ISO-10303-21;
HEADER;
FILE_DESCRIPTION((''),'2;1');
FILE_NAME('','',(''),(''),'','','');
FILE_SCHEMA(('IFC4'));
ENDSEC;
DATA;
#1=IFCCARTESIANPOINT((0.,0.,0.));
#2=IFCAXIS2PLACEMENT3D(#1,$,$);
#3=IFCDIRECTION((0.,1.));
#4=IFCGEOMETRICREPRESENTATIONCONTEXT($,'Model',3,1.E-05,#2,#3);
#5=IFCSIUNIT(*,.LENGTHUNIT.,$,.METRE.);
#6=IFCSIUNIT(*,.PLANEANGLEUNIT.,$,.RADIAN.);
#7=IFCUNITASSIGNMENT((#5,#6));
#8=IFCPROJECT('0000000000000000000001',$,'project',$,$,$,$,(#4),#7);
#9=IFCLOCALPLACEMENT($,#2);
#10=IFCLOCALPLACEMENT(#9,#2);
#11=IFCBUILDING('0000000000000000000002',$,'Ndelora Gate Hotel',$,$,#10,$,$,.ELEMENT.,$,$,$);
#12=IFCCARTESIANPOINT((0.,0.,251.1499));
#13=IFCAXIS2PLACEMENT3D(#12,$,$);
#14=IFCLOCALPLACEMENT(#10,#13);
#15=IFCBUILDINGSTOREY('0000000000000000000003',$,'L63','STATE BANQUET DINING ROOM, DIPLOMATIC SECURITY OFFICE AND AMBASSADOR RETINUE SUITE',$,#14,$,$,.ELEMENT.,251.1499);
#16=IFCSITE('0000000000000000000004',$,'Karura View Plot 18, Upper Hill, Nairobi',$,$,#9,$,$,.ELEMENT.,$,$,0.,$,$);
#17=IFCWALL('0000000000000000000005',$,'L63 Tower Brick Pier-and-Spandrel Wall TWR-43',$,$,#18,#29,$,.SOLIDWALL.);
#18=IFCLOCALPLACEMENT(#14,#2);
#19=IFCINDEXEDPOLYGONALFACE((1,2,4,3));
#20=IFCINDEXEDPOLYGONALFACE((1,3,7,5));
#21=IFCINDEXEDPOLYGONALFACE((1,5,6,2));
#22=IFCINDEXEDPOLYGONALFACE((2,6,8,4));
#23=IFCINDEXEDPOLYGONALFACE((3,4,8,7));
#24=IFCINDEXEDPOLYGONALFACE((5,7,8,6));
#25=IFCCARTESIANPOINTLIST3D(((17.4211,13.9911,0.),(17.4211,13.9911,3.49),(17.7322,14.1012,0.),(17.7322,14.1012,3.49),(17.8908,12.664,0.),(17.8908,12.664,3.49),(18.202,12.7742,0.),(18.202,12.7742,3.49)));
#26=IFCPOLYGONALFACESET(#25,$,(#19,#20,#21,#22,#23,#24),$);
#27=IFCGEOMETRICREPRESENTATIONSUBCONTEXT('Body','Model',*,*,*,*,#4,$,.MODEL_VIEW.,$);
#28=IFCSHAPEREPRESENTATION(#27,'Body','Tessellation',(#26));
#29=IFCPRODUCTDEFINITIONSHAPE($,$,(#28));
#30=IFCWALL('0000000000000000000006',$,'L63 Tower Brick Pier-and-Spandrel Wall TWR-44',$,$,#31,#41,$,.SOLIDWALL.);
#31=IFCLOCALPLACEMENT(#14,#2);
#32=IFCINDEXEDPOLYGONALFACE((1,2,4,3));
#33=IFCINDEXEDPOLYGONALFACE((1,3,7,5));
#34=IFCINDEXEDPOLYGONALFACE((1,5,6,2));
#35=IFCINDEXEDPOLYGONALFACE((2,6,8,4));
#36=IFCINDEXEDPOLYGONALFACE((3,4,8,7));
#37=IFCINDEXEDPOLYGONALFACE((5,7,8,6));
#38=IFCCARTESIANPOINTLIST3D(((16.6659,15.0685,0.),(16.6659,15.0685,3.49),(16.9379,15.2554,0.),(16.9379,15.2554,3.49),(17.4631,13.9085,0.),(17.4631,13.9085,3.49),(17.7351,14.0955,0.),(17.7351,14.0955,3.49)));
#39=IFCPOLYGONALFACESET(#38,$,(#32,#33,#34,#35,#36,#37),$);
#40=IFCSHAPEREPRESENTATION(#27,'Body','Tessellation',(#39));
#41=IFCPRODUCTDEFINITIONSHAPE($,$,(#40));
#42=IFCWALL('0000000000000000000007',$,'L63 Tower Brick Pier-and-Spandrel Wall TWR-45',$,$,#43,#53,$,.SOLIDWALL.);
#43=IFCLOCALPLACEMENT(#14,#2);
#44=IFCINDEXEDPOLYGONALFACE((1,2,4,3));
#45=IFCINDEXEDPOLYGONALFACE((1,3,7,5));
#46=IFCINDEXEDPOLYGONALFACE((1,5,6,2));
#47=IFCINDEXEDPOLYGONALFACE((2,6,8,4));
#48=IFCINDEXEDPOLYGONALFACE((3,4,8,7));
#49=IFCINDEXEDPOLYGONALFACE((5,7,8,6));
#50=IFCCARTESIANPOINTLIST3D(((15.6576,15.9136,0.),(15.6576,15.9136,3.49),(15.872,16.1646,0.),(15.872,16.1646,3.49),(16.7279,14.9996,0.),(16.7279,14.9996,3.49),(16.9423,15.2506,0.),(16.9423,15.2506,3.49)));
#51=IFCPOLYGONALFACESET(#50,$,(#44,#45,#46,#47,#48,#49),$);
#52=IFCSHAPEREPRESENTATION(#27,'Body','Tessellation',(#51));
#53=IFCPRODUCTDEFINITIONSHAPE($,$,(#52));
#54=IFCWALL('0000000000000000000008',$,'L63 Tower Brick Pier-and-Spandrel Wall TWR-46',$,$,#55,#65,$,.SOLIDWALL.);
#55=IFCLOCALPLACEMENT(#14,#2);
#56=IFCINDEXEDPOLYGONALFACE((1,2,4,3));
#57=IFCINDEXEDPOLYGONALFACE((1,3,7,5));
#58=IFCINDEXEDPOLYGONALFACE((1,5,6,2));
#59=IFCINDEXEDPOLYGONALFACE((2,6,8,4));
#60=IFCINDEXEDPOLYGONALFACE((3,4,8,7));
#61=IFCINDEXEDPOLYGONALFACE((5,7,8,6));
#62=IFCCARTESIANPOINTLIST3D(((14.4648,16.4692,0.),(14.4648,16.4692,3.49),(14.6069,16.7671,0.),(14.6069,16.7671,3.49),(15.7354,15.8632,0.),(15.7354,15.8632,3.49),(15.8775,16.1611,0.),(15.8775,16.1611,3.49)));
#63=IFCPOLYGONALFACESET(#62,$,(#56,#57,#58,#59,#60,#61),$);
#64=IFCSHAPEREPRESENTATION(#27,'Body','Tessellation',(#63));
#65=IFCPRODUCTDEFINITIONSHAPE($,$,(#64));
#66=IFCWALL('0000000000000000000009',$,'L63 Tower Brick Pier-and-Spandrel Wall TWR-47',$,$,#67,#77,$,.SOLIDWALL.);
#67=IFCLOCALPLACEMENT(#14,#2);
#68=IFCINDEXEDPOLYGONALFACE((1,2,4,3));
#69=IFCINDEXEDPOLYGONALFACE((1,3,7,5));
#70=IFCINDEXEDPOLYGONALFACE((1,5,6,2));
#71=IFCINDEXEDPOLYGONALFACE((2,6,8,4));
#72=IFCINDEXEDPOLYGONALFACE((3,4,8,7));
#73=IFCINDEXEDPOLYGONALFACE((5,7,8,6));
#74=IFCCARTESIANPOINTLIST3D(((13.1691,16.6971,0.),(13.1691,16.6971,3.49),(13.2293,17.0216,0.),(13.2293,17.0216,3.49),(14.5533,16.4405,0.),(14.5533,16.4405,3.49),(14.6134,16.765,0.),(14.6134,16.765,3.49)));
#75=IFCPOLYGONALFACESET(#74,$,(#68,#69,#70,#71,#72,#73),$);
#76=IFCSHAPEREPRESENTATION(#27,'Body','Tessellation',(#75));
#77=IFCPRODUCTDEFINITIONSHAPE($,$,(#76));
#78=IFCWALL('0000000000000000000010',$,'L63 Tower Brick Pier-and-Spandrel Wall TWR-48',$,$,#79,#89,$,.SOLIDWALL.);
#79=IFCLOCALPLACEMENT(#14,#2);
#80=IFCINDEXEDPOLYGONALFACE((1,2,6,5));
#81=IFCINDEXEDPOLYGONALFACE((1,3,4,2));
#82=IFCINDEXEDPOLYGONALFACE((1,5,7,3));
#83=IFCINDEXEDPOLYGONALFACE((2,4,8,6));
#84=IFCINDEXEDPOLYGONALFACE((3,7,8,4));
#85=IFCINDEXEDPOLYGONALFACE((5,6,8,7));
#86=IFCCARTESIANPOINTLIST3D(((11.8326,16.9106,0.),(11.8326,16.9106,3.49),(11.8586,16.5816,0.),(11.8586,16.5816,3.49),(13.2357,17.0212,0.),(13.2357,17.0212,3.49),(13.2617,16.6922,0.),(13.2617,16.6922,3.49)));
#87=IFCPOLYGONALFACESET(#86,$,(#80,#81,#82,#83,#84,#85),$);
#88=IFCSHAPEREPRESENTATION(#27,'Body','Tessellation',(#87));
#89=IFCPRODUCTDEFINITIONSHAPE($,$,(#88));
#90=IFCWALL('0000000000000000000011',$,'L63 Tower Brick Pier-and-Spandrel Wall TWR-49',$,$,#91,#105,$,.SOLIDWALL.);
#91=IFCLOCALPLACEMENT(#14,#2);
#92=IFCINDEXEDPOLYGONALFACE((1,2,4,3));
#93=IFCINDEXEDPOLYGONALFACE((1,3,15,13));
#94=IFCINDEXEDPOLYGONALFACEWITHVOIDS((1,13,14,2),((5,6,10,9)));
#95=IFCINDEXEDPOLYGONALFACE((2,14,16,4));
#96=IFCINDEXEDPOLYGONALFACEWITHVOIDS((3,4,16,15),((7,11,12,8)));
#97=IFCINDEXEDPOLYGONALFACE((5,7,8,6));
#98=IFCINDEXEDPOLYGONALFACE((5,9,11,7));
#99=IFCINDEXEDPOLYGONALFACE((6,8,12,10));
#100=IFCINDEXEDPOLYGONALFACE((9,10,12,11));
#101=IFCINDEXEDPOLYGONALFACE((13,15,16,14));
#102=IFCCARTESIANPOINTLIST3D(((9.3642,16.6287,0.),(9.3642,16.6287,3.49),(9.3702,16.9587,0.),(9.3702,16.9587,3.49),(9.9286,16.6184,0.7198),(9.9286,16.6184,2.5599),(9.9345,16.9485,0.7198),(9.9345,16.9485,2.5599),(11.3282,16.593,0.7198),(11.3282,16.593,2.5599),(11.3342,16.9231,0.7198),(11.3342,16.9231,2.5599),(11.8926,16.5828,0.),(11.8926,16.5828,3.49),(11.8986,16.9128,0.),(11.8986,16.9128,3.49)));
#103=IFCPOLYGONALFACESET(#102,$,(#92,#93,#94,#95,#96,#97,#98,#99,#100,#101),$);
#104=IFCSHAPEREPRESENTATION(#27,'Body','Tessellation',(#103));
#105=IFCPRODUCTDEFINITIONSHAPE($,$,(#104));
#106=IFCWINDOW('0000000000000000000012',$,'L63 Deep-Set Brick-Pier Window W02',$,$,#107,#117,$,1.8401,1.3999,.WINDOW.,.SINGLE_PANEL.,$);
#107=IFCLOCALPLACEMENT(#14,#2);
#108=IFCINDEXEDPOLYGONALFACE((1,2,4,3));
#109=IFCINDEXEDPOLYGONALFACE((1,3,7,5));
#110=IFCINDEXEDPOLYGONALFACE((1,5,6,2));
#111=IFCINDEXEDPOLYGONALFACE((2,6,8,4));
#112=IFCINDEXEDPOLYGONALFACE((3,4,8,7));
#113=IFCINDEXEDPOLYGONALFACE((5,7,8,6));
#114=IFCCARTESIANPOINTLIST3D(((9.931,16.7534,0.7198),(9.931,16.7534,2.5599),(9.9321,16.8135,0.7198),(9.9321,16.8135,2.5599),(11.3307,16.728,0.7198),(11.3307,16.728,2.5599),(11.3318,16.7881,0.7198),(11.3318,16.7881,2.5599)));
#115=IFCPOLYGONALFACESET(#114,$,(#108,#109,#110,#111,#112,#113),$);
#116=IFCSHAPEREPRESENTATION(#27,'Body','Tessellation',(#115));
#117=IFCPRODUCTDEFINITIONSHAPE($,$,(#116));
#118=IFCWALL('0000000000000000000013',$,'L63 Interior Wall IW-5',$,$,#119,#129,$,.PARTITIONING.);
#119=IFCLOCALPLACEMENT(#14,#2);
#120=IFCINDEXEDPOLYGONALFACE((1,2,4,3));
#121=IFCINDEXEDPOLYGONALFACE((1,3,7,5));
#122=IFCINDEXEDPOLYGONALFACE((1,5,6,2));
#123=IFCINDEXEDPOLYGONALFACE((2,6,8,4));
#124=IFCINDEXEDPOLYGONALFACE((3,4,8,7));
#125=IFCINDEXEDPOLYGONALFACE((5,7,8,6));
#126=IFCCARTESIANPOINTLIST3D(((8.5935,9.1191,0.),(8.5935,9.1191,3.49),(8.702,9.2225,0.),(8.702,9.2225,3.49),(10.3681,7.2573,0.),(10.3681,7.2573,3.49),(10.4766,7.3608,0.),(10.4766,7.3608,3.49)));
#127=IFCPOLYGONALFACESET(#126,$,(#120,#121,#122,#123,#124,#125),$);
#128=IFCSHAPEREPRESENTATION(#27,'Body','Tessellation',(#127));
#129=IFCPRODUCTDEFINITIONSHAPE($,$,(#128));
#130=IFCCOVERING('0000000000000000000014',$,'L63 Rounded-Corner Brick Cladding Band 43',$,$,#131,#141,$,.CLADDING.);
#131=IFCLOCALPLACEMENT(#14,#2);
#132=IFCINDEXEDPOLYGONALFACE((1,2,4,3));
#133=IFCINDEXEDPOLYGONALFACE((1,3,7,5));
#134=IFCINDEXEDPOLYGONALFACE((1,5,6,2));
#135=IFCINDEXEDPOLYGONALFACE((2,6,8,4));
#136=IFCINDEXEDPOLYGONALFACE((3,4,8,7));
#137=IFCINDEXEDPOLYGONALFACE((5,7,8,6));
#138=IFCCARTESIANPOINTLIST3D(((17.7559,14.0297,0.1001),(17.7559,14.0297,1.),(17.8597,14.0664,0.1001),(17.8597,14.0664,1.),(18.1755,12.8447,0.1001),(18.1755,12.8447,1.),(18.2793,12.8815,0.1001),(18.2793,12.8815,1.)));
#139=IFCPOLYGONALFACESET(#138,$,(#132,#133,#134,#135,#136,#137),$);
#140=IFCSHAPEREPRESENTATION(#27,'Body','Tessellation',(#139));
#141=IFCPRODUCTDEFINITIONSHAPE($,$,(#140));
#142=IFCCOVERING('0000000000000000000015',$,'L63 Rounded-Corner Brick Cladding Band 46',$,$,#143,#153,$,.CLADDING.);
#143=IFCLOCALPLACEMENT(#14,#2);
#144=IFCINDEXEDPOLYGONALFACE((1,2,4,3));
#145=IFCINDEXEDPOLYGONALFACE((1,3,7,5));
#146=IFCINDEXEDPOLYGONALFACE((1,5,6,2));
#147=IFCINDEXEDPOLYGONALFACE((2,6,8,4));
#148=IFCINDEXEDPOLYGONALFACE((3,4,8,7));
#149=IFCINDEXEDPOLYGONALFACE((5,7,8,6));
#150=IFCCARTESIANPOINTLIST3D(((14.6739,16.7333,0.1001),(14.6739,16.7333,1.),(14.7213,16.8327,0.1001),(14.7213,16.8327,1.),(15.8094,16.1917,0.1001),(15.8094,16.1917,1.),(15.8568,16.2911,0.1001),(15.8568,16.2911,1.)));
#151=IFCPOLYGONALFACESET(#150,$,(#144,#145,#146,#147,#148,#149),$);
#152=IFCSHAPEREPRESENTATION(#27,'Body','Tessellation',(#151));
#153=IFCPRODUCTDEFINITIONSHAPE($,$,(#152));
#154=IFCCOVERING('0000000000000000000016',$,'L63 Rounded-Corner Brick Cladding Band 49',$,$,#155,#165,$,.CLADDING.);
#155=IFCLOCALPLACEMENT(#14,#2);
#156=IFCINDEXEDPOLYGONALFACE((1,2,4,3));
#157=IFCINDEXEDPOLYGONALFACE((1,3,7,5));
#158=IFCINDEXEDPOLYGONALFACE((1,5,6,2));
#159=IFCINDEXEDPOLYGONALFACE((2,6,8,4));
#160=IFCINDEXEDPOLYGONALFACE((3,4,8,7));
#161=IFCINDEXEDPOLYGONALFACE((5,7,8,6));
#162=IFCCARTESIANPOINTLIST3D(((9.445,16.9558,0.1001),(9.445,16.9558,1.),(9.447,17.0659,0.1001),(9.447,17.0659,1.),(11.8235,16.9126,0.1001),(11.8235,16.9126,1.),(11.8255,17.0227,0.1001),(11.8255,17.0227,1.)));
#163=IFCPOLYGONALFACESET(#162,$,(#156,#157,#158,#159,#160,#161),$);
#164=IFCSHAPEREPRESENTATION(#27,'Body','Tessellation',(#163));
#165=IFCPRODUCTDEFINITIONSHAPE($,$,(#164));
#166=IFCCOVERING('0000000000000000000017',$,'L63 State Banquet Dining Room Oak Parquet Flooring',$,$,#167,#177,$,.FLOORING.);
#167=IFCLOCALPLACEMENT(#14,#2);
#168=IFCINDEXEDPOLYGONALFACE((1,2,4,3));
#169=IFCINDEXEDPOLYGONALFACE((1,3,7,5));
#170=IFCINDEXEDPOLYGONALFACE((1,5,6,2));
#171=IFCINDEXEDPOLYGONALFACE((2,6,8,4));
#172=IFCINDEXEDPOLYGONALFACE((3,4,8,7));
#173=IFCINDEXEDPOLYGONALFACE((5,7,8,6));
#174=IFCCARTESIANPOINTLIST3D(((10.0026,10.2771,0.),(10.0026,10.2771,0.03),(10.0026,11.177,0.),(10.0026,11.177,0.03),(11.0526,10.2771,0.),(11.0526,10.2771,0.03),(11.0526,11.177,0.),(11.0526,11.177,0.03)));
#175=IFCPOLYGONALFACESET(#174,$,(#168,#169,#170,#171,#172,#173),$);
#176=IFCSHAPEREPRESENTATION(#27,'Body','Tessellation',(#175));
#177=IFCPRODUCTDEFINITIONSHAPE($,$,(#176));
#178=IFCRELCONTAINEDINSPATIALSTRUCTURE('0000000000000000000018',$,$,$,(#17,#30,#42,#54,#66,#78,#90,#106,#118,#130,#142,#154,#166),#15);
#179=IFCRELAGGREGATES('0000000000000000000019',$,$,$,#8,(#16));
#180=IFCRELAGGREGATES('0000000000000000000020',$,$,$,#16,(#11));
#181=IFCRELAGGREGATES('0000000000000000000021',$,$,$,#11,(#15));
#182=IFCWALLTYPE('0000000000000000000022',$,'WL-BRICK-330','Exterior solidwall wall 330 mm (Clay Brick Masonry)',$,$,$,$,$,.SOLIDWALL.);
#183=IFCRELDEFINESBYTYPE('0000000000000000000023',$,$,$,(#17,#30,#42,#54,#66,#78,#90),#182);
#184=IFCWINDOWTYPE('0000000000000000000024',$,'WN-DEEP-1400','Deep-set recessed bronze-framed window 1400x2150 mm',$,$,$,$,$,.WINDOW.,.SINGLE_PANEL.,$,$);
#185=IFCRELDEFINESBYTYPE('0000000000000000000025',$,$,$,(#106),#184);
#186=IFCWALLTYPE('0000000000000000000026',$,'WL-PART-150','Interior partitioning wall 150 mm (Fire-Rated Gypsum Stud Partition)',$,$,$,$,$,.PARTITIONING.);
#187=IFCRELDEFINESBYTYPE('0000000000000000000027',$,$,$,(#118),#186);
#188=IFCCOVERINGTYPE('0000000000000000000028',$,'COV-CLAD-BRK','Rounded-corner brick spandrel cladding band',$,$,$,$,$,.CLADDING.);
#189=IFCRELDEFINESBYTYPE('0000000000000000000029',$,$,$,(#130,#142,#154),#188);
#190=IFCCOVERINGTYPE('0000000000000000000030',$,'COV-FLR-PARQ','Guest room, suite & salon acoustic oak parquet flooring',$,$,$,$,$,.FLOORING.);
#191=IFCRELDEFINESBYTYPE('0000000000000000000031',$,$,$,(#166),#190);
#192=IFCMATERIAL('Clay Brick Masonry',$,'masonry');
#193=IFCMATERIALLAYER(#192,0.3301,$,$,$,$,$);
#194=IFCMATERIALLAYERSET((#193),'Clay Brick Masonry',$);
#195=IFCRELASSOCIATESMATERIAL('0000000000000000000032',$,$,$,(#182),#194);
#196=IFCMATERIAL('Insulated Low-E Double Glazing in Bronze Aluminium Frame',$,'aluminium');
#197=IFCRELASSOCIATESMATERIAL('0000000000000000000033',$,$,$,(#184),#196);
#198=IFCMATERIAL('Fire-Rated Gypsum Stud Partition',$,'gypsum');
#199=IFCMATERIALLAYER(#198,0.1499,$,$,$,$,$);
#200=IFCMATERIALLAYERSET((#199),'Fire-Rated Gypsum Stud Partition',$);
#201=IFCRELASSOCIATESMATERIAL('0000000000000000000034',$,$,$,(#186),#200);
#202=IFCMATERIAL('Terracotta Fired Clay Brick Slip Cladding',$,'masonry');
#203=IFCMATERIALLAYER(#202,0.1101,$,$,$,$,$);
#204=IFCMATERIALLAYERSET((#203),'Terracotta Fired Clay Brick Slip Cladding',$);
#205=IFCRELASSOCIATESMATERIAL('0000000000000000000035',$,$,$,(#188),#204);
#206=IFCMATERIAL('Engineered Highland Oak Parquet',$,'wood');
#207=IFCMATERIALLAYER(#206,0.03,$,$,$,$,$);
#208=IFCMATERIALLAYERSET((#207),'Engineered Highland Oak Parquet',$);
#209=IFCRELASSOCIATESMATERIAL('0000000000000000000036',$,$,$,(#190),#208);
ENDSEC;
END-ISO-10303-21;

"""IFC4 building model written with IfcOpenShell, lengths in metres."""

from ifc_helpers import new_model, si_unit, direction, frame, frame_2d, origin, origin_2d, place, context, subcontext, project, spatial, rectangle, extrude, material, layer, layer_set, type_object, element, fill, save


model = new_model("IFC4")

# Units and contexts
model_context = context("Model", 3, precision=1e-05, world=origin(), true_north=direction((0.0, 1.0)))
body_context = subcontext(model_context, "Body", "Model", "MODEL_VIEW")
ifc_project = project(units=[si_unit("LENGTHUNIT", "METRE"), si_unit("PLANEANGLEUNIT", "RADIAN")], contexts=[model_context])

# Site, building, storey
site_placement = place(None, origin())
site = spatial("IfcSite", under=ifc_project, at=site_placement, Name="Karura View Plot 18, Upper Hill, Nairobi", CompositionType="ELEMENT", RefElevation=0.0)
building_placement = place(site_placement, origin())
building = spatial("IfcBuilding", under=site, at=building_placement, Name="Ndelora Gate Hotel", CompositionType="ELEMENT")
storey_placement = place(building_placement, frame((0.0, 0.0, 251.1499)))
storey = spatial("IfcBuildingStorey", under=building, at=storey_placement, Name="L63", Description="STATE BANQUET DINING ROOM, DIPLOMATIC SECURITY OFFICE AND AMBASSADOR RETINUE SUITE", CompositionType="ELEMENT", Elevation=251.1499)

# Shared definitions
ifc_material_1 = material(Name="Clay Brick Masonry", Category="masonry")
ifc_layer_1 = layer(ifc_material_1, 0.3301)
ifc_layer_set_1 = layer_set([ifc_layer_1], Name="Clay Brick Masonry")
wall_type_1 = type_object("IfcWallType", Name="WL-BRICK-330", Description="Exterior solidwall wall 330 mm (Clay Brick Masonry)", PredefinedType="SOLIDWALL", material=ifc_layer_set_1)
ifc_material_2 = material(Name="Insulated Low-E Double Glazing in Bronze Aluminium Frame", Category="aluminium")
window_type = type_object("IfcWindowType", Name="WN-DEEP-1400", Description="Deep-set recessed bronze-framed window 1400x2150 mm", PartitioningType="SINGLE_PANEL", PredefinedType="WINDOW", material=ifc_material_2)

# Walls
wall_1_placement = place(storey_placement, frame((17.5767, 14.0461, 0.0), z_axis=(0.0, 0.0, 1.0), x_axis=(0.333709, -0.942676, 0.0)))
element("IfcWall", 1, at=wall_1_placement, inside=storey, type_object=wall_type_1, Name="L63 Tower Brick Pier-and-Spandrel Wall TWR-43", PredefinedType="SOLIDWALL", context=body_context, shape_type="SweptSolid", body=[
    extrude(rectangle(XDim=1.4077, YDim=0.3301, at=frame_2d((0.7039, 0.0))), origin(), (0.0, 0.0, 1.0), 3.49),
])
for number, where, z_axis, x_axis, name in (
    (2, (16.802, 15.1619, 0.0), (0.0, 0.0, 1.0), (0.566374, -0.824148, 0.0), "L63 Tower Brick Pier-and-Spandrel Wall TWR-44"),
    (3, (15.7649, 16.0391, 0.0), (0.0, 0.0, 1.0), (0.760431, -0.649419, 0.0), "L63 Tower Brick Pier-and-Spandrel Wall TWR-45"),
):
    element("IfcWall", number, at=place(storey_placement, frame(where, z_axis=z_axis, x_axis=x_axis)), inside=storey, type_object=wall_type_1, Name=name, PredefinedType="SOLIDWALL", context=body_context, shape_type="SweptSolid", body=[
        extrude(rectangle(XDim=1.4075, YDim=0.3301, at=frame_2d((0.7036, 0.0))), origin(), (0.0, 0.0, 1.0), 3.49),
    ])
for number, where, z_axis, x_axis, name in (
    (4, (14.5359, 16.6182, 0.0), (0.0, 0.0, 1.0), (0.902597, -0.430486, 0.0), "L63 Tower Brick Pier-and-Spandrel Wall TWR-46"),
    (5, (13.1992, 16.8594, 0.0), (0.0, 0.0, 1.0), (0.983245, -0.182288, 0.0), "L63 Tower Brick Pier-and-Spandrel Wall TWR-47"),
):
    element("IfcWall", number, at=place(storey_placement, frame(where, z_axis=z_axis, x_axis=x_axis)), inside=storey, type_object=wall_type_1, Name=name, PredefinedType="SOLIDWALL", context=body_context, shape_type="SweptSolid", body=[
        extrude(rectangle(XDim=1.4077, YDim=0.3301, at=frame_2d((0.7039, 0.0))), origin(), (0.0, 0.0, 1.0), 3.49),
    ])
wall_2_placement = place(storey_placement, frame((11.8457, 16.7461, 0.0), z_axis=(0.0, 0.0, 1.0), x_axis=(0.996908, 0.07858, 0.0)))
element("IfcWall", 6, at=wall_2_placement, inside=storey, type_object=wall_type_1, Name="L63 Tower Brick Pier-and-Spandrel Wall TWR-48", PredefinedType="SOLIDWALL", context=body_context, shape_type="SweptSolid", body=[
    extrude(rectangle(XDim=1.4075, YDim=0.3301, at=frame_2d((0.7036, 0.0))), origin(), (0.0, 0.0, 1.0), 3.49),
])

# Wall, opening, window
wall_3_placement = place(storey_placement, frame((9.3672, 16.7937, 0.0), z_axis=(0.0, 0.0, 1.0), x_axis=(0.999835, -0.018151, 0.0)))
wall_3 = element("IfcWall", 7, at=wall_3_placement, inside=storey, type_object=wall_type_1, Name="L63 Tower Brick Pier-and-Spandrel Wall TWR-49", PredefinedType="SOLIDWALL", context=body_context, shape_type="SweptSolid", body=[
    extrude(rectangle(XDim=2.5288, YDim=0.3301, at=frame_2d((1.2644, 0.0))), origin(), (0.0, 0.0, 1.0), 3.49),
])
opening_1_placement = place(wall_3_placement, frame((0.5645, 0.0, 0.72)))
opening_1 = element("IfcOpeningElement", 8, at=opening_1_placement, cuts=wall_3, PredefinedType="OPENING", context=body_context, shape_type="SweptSolid", body=[
    extrude(rectangle(XDim=1.3999, YDim=1.8401, at=frame_2d((0.7, 0.9199))), frame((0.0, 0.175, 0.0), z_axis=(0.0, -1.0, 0.0), x_axis=(1.0, 0.0, 0.0)), (0.0, 0.0, 1.0), 0.3501),
])
window_1_placement = place(opening_1_placement, origin())
window_1 = element("IfcWindow", 9, at=window_1_placement, inside=storey, type_object=window_type, Name="L63 Deep-Set Brick-Pier Window W02", OverallHeight=1.8401, OverallWidth=1.3999, PartitioningType="SINGLE_PANEL", PredefinedType="WINDOW", context=body_context, shape_type="SweptSolid", body=[
    extrude(rectangle(XDim=1.3999, YDim=1.8401, at=frame_2d((0.7, 0.9199))), frame((0.0, 0.03, 0.0), z_axis=(0.0, -1.0, 0.0), x_axis=(1.0, 0.0, 0.0)), (0.0, 0.0, 1.0), 0.0601),
])
fill(opening_1, window_1)

# Wall
ifc_material_3 = material(Name="Fire-Rated Gypsum Stud Partition", Category="gypsum")
ifc_layer_2 = layer(ifc_material_3, 0.1499)
ifc_layer_set_2 = layer_set([ifc_layer_2], Name="Fire-Rated Gypsum Stud Partition")
wall_type_2 = type_object("IfcWallType", Name="WL-PART-150", Description="Interior partitioning wall 150 mm (Fire-Rated Gypsum Stud Partition)", PredefinedType="PARTITIONING", material=ifc_layer_set_2)
wall_4_placement = place(storey_placement, frame((8.6477, 9.1709, 0.0), z_axis=(0.0, 0.0, 1.0), x_axis=(0.689961, -0.723847, 0.0)))
element("IfcWall", 10, at=wall_4_placement, inside=storey, type_object=wall_type_2, Name="L63 Interior Wall IW-5", PredefinedType="PARTITIONING", context=body_context, shape_type="SweptSolid", body=[
    extrude(rectangle(XDim=2.572, YDim=0.1499, at=frame_2d((1.2861, 0.0))), origin(), (0.0, 0.0, 1.0), 3.49),
])

# Coverings
ifc_material_4 = material(Name="Terracotta Fired Clay Brick Slip Cladding", Category="masonry")
ifc_layer_3 = layer(ifc_material_4, 0.1101)
ifc_layer_set_3 = layer_set([ifc_layer_3], Name="Terracotta Fired Clay Brick Slip Cladding")
covering_type_1 = type_object("IfcCoveringType", Name="COV-CLAD-BRK", Description="Rounded-corner brick spandrel cladding band", PredefinedType="CLADDING", material=ifc_layer_set_3)
covering_1_placement = place(storey_placement, frame((18.0176, 13.4556, 0.1001), z_axis=(0.0, 0.0, 1.0), x_axis=(-0.333807, 0.942641, 0.0)))
element("IfcCovering", 11, at=covering_1_placement, inside=storey, type_object=covering_type_1, Name="L63 Rounded-Corner Brick Cladding Band 43", PredefinedType="CLADDING", context=body_context, shape_type="SweptSolid", body=[
    extrude(rectangle(XDim=1.2571, YDim=0.1101, at=origin_2d()), origin(), (0.0, 0.0, 1.0), 0.8999),
])
covering_2_placement = place(storey_placement, frame((15.2654, 16.5122, 0.1001), z_axis=(0.0, 0.0, 1.0), x_axis=(-0.902585, 0.430511, 0.0)))
element("IfcCovering", 12, at=covering_2_placement, inside=storey, type_object=covering_type_1, Name="L63 Rounded-Corner Brick Cladding Band 46", PredefinedType="CLADDING", context=body_context, shape_type="SweptSolid", body=[
    extrude(rectangle(XDim=1.2581, YDim=0.1101, at=origin_2d()), origin(), (0.0, 0.0, 1.0), 0.8999),
])
covering_3_placement = place(storey_placement, frame((10.6353, 16.9893, 0.1001), z_axis=(0.0, 0.0, 1.0), x_axis=(-0.999835, 0.01815, 0.0)))
element("IfcCovering", 13, at=covering_3_placement, inside=storey, type_object=covering_type_1, Name="L63 Rounded-Corner Brick Cladding Band 49", PredefinedType="CLADDING", context=body_context, shape_type="SweptSolid", body=[
    extrude(rectangle(XDim=2.3789, YDim=0.1101, at=origin_2d()), origin(), (0.0, 0.0, 1.0), 0.8999),
])
ifc_material_5 = material(Name="Engineered Highland Oak Parquet", Category="wood")
ifc_layer_4 = layer(ifc_material_5, 0.03)
ifc_layer_set_4 = layer_set([ifc_layer_4], Name="Engineered Highland Oak Parquet")
covering_type_2 = type_object("IfcCoveringType", Name="COV-FLR-PARQ", Description="Guest room, suite & salon acoustic oak parquet flooring", PredefinedType="FLOORING", material=ifc_layer_set_4)
covering_4_placement = place(storey_placement, frame((10.5276, 10.7271, 0.0), z_axis=(0.0, 0.0, 1.0), x_axis=(1.0, 0.0, 0.0)))
element("IfcCovering", 14, at=covering_4_placement, inside=storey, type_object=covering_type_2, Name="L63 State Banquet Dining Room Oak Parquet Flooring", PredefinedType="FLOORING", context=body_context, shape_type="SweptSolid", body=[
    extrude(rectangle(XDim=1.05, YDim=0.8999, at=origin_2d()), origin(), (0.0, 0.0, 1.0), 0.03),
])

save(model, "model.ifc")
